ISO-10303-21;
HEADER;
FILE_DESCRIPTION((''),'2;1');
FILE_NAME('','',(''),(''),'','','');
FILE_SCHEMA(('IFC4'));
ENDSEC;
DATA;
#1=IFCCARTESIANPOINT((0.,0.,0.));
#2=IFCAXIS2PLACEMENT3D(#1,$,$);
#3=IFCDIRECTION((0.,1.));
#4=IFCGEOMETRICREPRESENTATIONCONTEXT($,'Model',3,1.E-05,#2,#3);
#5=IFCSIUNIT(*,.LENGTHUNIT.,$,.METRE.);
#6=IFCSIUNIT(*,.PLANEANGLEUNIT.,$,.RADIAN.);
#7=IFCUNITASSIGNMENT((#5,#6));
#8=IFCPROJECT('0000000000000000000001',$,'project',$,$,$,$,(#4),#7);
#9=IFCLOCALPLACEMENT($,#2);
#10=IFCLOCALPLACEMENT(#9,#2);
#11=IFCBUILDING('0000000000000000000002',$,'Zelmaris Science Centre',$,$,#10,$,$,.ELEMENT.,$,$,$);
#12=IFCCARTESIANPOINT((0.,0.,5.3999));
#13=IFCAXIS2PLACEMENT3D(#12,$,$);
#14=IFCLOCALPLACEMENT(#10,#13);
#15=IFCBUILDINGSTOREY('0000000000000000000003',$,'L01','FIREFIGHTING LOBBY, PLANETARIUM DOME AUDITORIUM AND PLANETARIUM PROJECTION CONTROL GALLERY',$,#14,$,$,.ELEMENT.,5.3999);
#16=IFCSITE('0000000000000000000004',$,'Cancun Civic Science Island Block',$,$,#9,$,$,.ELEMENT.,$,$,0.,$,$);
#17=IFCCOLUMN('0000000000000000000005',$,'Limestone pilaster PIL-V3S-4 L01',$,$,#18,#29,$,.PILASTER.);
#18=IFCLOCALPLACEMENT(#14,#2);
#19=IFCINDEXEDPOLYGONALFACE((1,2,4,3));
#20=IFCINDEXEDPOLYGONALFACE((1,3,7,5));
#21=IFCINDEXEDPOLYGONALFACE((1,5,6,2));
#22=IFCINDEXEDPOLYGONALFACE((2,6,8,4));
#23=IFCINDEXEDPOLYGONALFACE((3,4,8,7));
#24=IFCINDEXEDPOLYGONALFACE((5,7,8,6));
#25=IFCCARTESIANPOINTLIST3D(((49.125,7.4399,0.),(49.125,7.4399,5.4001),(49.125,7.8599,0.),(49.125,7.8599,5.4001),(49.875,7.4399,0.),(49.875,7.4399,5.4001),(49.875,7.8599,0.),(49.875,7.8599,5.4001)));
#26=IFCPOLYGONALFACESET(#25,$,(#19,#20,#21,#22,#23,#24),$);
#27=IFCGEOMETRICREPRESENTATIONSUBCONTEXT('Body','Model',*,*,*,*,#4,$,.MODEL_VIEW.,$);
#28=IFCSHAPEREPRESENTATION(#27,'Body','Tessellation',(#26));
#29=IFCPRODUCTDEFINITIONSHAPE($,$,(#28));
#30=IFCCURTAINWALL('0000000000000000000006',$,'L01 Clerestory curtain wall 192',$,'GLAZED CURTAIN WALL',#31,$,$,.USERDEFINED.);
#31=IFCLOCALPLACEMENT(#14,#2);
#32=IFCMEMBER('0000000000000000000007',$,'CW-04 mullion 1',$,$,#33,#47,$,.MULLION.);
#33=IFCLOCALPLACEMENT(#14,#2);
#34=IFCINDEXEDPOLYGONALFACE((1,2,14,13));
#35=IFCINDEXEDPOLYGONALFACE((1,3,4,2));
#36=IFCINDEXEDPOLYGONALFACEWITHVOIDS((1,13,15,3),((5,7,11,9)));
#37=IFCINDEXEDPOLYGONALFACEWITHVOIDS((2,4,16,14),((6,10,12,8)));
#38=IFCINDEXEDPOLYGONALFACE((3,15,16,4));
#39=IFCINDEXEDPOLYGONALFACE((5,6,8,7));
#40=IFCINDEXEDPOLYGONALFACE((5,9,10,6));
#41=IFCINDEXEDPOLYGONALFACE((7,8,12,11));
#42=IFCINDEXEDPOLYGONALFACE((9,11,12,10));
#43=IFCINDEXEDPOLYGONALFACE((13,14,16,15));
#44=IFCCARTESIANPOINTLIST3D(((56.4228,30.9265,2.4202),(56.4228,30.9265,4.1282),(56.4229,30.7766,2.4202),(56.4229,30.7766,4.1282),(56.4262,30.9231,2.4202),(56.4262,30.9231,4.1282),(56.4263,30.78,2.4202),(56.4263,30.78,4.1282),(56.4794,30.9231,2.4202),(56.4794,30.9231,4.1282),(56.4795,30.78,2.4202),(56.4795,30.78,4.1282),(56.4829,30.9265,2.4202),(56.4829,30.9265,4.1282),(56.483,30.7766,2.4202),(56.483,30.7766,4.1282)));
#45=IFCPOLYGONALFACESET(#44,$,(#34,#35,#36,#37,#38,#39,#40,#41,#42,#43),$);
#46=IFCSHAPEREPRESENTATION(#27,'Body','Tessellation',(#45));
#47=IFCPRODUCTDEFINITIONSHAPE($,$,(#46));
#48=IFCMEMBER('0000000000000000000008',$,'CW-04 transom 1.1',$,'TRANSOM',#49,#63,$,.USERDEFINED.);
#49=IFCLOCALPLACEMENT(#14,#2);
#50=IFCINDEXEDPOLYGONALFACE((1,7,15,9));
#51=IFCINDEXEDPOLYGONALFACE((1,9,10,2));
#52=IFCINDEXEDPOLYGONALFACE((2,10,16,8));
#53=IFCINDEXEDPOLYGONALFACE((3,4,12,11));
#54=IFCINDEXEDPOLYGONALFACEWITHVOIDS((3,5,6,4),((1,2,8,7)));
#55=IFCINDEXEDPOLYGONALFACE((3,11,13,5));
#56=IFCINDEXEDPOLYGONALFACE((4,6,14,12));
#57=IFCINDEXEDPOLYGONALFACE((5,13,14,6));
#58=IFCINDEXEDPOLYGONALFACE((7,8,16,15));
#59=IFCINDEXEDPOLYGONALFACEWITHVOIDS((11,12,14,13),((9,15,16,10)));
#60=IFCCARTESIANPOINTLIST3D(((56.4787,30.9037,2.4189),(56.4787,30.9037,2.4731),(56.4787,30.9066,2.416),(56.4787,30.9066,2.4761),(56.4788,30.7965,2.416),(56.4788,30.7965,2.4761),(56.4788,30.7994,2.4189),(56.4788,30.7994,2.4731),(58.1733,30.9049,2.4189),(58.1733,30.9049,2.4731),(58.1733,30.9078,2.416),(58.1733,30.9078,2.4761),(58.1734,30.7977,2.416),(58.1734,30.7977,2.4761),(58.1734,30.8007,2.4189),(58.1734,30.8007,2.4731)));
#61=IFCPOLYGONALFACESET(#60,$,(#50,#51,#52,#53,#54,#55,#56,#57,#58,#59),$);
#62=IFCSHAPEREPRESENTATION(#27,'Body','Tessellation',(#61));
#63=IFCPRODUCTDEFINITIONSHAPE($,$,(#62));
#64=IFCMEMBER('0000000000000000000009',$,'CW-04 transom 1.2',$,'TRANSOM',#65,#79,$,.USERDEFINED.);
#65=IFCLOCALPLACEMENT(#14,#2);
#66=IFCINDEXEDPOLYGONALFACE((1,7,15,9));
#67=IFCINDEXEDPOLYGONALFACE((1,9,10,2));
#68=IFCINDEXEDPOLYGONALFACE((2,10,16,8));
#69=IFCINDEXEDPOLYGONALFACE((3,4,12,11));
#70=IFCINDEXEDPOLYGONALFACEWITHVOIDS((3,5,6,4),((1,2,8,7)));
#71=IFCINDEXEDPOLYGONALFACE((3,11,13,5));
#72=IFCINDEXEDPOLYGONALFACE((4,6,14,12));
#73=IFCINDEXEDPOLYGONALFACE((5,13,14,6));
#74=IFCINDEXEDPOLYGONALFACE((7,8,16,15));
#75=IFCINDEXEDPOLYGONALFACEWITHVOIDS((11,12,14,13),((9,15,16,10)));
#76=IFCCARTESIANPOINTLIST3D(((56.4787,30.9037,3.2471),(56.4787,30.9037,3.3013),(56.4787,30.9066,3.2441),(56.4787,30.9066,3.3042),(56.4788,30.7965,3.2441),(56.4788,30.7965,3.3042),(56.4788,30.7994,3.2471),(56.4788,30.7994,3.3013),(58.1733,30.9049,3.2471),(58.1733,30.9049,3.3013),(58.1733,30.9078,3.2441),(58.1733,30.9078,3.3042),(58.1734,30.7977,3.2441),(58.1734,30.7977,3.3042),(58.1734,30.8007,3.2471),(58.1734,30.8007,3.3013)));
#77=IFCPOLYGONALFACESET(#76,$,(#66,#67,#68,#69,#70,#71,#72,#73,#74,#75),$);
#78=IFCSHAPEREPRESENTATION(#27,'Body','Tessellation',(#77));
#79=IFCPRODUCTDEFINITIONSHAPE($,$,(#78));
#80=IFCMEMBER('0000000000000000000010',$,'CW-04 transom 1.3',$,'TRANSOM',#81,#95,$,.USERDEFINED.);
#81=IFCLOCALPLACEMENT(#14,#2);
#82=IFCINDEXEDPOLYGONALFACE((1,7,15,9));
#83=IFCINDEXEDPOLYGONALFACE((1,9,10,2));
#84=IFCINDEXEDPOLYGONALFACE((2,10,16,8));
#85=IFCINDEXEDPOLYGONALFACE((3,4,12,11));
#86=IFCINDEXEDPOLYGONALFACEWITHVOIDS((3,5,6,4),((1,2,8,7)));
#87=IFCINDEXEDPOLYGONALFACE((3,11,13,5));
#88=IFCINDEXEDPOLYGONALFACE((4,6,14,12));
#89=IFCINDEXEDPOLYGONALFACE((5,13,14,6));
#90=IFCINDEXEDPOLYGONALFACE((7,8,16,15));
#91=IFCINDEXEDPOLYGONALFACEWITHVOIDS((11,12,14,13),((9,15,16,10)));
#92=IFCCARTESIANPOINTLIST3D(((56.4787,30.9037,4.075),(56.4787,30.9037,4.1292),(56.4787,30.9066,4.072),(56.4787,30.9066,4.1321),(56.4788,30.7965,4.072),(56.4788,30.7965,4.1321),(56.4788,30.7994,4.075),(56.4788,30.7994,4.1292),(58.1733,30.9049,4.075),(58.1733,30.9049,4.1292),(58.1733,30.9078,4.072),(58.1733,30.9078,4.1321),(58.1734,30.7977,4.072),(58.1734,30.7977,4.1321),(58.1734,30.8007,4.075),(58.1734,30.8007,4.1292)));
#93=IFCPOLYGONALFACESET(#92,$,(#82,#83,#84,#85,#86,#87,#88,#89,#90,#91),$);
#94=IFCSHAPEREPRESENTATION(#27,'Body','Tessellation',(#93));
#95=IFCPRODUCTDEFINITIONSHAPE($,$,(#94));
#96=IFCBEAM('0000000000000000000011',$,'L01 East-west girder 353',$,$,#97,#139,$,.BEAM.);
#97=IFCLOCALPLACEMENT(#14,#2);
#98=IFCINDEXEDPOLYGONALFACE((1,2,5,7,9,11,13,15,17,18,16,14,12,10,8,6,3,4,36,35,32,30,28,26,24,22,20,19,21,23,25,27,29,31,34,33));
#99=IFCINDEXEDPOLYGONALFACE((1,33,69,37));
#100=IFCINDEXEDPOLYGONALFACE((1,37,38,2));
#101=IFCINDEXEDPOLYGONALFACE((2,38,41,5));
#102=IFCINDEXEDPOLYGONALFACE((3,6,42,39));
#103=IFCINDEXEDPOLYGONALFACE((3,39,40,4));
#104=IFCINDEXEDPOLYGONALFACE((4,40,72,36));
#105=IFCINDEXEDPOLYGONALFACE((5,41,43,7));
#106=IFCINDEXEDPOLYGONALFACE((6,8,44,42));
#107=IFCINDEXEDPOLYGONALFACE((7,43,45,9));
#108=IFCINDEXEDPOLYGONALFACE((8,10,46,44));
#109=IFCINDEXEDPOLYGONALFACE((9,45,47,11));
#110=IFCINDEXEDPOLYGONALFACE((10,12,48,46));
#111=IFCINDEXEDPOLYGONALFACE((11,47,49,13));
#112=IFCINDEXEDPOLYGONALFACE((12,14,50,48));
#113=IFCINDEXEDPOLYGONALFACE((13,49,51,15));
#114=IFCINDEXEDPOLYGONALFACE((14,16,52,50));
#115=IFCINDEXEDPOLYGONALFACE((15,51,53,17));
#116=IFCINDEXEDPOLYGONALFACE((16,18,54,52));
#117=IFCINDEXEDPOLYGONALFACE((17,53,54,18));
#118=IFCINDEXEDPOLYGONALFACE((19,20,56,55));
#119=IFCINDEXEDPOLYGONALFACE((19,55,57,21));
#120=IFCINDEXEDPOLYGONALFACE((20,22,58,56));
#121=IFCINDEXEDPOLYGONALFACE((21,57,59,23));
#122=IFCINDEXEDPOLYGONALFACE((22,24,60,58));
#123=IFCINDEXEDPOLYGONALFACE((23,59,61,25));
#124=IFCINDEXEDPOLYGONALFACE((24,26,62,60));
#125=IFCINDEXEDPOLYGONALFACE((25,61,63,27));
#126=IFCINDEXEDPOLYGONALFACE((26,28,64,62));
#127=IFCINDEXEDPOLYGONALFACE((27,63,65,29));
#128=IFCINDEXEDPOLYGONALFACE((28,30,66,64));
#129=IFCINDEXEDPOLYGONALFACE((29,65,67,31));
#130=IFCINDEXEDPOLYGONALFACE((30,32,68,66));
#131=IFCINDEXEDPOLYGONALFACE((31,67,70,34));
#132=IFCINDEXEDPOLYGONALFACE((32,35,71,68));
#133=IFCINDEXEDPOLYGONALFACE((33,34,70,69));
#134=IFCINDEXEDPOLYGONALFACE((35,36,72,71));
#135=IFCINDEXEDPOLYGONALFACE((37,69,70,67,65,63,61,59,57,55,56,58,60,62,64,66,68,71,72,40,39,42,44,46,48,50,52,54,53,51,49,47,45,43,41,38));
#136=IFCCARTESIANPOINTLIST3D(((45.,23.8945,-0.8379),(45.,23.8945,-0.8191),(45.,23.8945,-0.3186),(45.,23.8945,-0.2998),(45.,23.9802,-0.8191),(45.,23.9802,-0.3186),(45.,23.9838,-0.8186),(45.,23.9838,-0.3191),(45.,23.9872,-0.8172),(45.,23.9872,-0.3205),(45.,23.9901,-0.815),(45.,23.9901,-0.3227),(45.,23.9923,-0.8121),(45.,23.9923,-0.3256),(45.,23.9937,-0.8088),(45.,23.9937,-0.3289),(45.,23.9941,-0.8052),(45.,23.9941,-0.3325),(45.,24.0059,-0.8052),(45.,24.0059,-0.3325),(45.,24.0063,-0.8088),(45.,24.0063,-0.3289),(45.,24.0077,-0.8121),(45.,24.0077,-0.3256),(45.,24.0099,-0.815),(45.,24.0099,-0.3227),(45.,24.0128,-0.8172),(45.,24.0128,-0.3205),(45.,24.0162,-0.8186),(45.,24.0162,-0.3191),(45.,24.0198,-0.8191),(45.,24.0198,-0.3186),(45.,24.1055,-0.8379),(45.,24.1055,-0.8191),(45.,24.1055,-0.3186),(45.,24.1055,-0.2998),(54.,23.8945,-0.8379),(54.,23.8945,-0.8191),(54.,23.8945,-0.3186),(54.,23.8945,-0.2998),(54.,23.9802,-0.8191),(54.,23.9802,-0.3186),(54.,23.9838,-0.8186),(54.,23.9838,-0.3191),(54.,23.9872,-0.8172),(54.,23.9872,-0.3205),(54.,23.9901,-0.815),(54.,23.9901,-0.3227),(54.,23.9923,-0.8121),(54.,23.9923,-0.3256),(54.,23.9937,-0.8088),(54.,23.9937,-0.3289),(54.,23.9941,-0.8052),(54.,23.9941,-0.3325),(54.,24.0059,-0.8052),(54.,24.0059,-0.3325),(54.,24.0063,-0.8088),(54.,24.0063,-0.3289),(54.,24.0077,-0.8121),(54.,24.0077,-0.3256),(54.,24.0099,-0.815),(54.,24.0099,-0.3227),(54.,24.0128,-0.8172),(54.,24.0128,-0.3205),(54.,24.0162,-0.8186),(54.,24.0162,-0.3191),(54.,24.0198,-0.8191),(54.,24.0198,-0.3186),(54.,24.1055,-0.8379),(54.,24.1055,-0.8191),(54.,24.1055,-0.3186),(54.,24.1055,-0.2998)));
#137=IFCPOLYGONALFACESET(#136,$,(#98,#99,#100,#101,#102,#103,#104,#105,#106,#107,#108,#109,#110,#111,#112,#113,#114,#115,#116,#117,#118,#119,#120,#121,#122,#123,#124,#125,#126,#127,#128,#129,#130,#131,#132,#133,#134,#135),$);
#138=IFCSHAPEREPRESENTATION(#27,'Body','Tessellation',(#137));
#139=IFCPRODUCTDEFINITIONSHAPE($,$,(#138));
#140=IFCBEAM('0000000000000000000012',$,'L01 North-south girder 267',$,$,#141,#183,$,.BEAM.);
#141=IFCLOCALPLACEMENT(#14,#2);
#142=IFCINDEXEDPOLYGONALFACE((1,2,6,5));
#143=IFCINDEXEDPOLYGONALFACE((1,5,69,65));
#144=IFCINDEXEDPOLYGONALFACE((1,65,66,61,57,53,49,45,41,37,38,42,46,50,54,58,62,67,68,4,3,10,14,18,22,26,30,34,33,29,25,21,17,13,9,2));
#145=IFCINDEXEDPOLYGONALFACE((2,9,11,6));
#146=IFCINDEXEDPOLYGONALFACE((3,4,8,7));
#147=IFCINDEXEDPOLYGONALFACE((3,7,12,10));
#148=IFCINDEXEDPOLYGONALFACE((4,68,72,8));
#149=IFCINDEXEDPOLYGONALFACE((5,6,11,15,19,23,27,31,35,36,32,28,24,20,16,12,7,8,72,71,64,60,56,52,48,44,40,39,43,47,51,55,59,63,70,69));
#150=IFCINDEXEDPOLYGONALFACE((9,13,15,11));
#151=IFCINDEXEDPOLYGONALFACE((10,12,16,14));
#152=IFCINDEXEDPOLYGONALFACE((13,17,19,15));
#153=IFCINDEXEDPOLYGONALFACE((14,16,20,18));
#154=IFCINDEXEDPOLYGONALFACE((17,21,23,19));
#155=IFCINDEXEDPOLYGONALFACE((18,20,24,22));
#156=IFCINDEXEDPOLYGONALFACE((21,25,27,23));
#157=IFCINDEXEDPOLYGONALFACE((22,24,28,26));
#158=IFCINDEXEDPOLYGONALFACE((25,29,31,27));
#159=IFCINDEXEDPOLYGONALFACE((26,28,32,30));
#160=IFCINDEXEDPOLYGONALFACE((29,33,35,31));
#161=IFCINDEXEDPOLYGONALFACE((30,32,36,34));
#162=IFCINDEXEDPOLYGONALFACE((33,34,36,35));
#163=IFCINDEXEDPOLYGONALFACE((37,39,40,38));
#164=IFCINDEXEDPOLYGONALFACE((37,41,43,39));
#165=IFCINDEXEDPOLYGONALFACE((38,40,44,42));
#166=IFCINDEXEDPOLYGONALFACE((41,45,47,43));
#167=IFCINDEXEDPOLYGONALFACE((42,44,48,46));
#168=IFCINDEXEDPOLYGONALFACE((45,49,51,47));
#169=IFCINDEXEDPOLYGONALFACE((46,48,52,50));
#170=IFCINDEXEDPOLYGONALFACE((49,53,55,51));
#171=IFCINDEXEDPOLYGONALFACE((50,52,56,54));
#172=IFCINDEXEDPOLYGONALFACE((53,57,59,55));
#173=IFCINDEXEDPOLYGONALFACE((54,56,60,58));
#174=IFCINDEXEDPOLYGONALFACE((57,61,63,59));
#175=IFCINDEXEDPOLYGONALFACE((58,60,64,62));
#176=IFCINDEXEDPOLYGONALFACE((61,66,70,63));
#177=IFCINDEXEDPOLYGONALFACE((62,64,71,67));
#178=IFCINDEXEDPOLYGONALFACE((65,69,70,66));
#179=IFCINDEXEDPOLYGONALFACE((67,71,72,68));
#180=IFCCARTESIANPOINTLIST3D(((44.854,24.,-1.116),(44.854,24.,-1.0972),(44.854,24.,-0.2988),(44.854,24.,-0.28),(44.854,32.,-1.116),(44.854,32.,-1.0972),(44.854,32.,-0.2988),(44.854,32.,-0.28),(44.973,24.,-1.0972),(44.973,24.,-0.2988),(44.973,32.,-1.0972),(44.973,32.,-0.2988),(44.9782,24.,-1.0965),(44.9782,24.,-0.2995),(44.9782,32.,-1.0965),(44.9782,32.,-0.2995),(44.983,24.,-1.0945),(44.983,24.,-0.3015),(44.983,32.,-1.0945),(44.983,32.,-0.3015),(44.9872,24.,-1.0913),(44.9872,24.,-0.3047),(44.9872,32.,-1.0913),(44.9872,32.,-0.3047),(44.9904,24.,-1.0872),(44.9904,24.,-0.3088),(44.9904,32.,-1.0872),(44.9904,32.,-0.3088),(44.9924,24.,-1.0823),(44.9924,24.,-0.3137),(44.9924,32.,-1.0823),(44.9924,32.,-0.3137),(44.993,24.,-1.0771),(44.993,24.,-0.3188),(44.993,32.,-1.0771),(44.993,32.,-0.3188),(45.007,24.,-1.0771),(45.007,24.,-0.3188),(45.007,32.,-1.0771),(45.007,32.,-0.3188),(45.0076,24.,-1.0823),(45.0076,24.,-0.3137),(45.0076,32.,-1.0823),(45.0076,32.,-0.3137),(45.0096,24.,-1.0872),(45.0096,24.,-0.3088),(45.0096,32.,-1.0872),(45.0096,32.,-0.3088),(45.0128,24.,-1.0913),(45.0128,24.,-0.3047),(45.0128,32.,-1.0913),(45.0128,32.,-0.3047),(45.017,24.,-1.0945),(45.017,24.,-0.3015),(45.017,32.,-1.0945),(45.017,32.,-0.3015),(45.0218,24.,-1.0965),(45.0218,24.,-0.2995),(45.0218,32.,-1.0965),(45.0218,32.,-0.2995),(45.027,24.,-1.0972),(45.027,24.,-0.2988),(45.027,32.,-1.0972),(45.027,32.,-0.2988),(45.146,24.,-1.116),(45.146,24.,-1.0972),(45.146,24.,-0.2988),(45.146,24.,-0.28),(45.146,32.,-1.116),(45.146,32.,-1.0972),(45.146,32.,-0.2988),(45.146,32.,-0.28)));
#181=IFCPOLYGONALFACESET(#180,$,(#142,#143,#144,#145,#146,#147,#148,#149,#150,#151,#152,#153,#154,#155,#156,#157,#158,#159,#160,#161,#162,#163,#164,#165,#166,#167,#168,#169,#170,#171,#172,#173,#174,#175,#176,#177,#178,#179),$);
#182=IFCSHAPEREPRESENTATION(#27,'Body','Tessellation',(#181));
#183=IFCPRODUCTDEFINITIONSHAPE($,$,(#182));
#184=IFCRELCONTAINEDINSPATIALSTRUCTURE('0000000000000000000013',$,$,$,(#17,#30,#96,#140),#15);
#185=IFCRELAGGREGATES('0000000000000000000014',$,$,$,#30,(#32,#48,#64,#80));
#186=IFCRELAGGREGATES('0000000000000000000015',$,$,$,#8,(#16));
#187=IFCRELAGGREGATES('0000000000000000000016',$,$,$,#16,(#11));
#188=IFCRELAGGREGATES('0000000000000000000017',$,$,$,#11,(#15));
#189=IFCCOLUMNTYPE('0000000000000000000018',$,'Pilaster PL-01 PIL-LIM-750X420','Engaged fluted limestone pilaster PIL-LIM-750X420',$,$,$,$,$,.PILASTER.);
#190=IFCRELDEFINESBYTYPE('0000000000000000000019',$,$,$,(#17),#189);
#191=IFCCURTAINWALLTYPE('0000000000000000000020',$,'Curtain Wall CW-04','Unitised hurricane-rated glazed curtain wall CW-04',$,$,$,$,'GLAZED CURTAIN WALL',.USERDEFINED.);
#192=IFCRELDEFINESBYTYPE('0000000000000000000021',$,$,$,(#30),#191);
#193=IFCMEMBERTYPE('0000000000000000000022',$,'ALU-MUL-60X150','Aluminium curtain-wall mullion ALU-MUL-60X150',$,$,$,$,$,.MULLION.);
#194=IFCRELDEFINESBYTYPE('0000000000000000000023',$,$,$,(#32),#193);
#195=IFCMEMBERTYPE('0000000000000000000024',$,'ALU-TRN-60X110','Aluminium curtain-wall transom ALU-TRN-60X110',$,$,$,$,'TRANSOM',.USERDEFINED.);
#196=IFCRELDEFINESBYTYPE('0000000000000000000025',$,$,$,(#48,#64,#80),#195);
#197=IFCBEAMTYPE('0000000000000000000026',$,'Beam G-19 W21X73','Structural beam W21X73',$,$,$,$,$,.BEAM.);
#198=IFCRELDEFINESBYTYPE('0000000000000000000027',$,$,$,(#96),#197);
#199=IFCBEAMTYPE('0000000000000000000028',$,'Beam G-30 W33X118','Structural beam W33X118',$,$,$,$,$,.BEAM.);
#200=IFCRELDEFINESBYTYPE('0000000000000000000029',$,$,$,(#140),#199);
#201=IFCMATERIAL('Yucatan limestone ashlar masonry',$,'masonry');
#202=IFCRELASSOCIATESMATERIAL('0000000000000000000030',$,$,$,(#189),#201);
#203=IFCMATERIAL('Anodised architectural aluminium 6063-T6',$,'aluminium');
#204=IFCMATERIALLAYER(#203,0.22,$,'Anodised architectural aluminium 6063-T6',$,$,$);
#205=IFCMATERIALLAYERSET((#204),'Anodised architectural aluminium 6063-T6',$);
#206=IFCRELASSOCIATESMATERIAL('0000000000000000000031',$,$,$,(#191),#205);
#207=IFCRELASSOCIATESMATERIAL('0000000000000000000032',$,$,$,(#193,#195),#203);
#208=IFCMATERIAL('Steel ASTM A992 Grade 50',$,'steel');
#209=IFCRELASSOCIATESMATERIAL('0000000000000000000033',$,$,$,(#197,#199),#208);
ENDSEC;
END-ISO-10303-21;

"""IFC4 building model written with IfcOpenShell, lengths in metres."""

from ifc_helpers import new_model, si_unit, direction, frame, origin, origin_2d, place, context, subcontext, project, spatial, rectangle, hollow_rectangle, i_section, extrude, material, layer, layer_set, material_profile, profile_set, type_object, element, aggregate, save


model = new_model("IFC4")

# Units and contexts
model_context = context("Model", 3, precision=1e-05, world=origin(), true_north=direction((0.0, 1.0)))
body_context = subcontext(model_context, "Body", "Model", "MODEL_VIEW")
ifc_project = project(units=[si_unit("LENGTHUNIT", "METRE"), si_unit("PLANEANGLEUNIT", "RADIAN")], contexts=[model_context])

# Site, building, storey
site_placement = place(None, origin())
site = spatial("IfcSite", under=ifc_project, at=site_placement, Name="Cancun Civic Science Island Block", CompositionType="ELEMENT", RefElevation=0.0)
building_placement = place(site_placement, origin())
building = spatial("IfcBuilding", under=site, at=building_placement, Name="Zelmaris Science Centre", CompositionType="ELEMENT")
storey_placement = place(building_placement, frame((0.0, 0.0, 5.3999)))
storey = spatial("IfcBuildingStorey", under=building, at=storey_placement, Name="L01", Description="FIREFIGHTING LOBBY, PLANETARIUM DOME AUDITORIUM AND PLANETARIUM PROJECTION CONTROL GALLERY", CompositionType="ELEMENT", Elevation=5.3999)

# Column
ifc_material_1 = material(Name="Steel ASTM A992 Grade 50", Category="steel")
ifc_material_2 = material(Name="Yucatan limestone ashlar masonry", Category="masonry")
ifc_material_profile_1 = material_profile(ifc_material_2, rectangle(XDim=0.75, YDim=0.4199, at=origin_2d()), Name="PIL-LIM-750X420")
ifc_profile_set_1 = profile_set([ifc_material_profile_1], Name="Yucatan limestone ashlar masonry")
column_type_1 = type_object("IfcColumnType", Name="Pilaster PL-01 PIL-LIM-750X420", Description="Engaged fluted limestone pilaster PIL-LIM-750X420", PredefinedType="PILASTER", material=ifc_profile_set_1)
column_1_placement = place(storey_placement, frame((49.5, 7.6499, 0.0), z_axis=(0.0, 0.0, 1.0), x_axis=(1.0, 0.0, 0.0)))
element("IfcColumn", 1, at=column_1_placement, inside=storey, type_object=column_type_1, Name="Limestone pilaster PIL-V3S-4 L01", PredefinedType="PILASTER", context=body_context, shape_type="SweptSolid", body=[
    extrude(rectangle(XDim=0.75, YDim=0.4199, at=origin_2d()), origin(), (0.0, 0.0, 1.0), 5.4001),
])

# Curtain wall, members
ifc_material_3 = material(Name="Anodised architectural aluminium 6063-T6", Category="aluminium")
ifc_layer_1 = layer(ifc_material_3, 0.22, Name="Anodised architectural aluminium 6063-T6")
ifc_layer_set_1 = layer_set([ifc_layer_1], Name="Anodised architectural aluminium 6063-T6")
curtain_wall_type = type_object("IfcCurtainWallType", Name="Curtain Wall CW-04", Description="Unitised hurricane-rated glazed curtain wall CW-04", ElementType="GLAZED CURTAIN WALL", PredefinedType="USERDEFINED", material=ifc_layer_set_1)
curtain_wall_placement = place(storey_placement, origin())
curtain_wall = element("IfcCurtainWall", 2, at=curtain_wall_placement, inside=storey, type_object=curtain_wall_type, Name="L01 Clerestory curtain wall 192", ObjectType="GLAZED CURTAIN WALL", PredefinedType="USERDEFINED")
ifc_material_profile_2 = material_profile(ifc_material_3, hollow_rectangle(XDim=0.0601, YDim=0.1499, WallThickness=0.0034, at=origin_2d()), Name="ALU-MUL-60X150")
ifc_profile_set_2 = profile_set([ifc_material_profile_2], Name="Anodised architectural aluminium 6063-T6")
member_type_1 = type_object("IfcMemberType", Name="ALU-MUL-60X150", Description="Aluminium curtain-wall mullion ALU-MUL-60X150", PredefinedType="MULLION", material=ifc_profile_set_2)
member_1_placement = place(storey_placement, frame((56.4529, 30.8516, 2.4202), z_axis=(0.0, 0.0, 1.0), x_axis=(1.0, 0.000621, 0.0)))
member_1 = element("IfcMember", 3, at=member_1_placement, type_object=member_type_1, Name="CW-04 mullion 1", PredefinedType="MULLION", context=body_context, shape_type="SweptSolid", body=[
    extrude(hollow_rectangle(XDim=0.0601, YDim=0.1499, WallThickness=0.0034, at=origin_2d()), origin(), (0.0, 0.0, 1.0), 1.708),
])
ifc_material_profile_3 = material_profile(ifc_material_3, hollow_rectangle(XDim=0.0601, YDim=0.1101, WallThickness=0.0029, at=origin_2d()), Name="ALU-TRN-60X110")
ifc_profile_set_3 = profile_set([ifc_material_profile_3], Name="Anodised architectural aluminium 6063-T6")
member_type_2 = type_object("IfcMemberType", Name="ALU-TRN-60X110", Description="Aluminium curtain-wall transom ALU-TRN-60X110", ElementType="TRANSOM", PredefinedType="USERDEFINED", material=ifc_profile_set_3)
member_2_placement = place(storey_placement, frame((56.4788, 30.8516, 2.446), z_axis=(1.0, 0.00072, 0.0), x_axis=(0.0, 0.0, 1.0)))
member_2 = element("IfcMember", 4, at=member_2_placement, type_object=member_type_2, Name="CW-04 transom 1.1", ObjectType="TRANSOM", PredefinedType="USERDEFINED", context=body_context, shape_type="SweptSolid", body=[
    extrude(hollow_rectangle(XDim=0.0601, YDim=0.1101, WallThickness=0.0029, at=origin_2d()), origin(), (0.0, 0.0, 1.0), 1.6946),
])
member_3_placement = place(storey_placement, frame((56.4788, 30.8516, 3.2742), z_axis=(1.0, 0.00072, 0.0), x_axis=(0.0, 0.0, 1.0)))
member_3 = element("IfcMember", 5, at=member_3_placement, type_object=member_type_2, Name="CW-04 transom 1.2", ObjectType="TRANSOM", PredefinedType="USERDEFINED", context=body_context, shape_type="SweptSolid", body=[
    extrude(hollow_rectangle(XDim=0.0601, YDim=0.1101, WallThickness=0.0029, at=origin_2d()), origin(), (0.0, 0.0, 1.0), 1.6946),
])
member_4_placement = place(storey_placement, frame((56.4788, 30.8516, 4.1021), z_axis=(1.0, 0.00072, 0.0), x_axis=(0.0, 0.0, 1.0)))
member_4 = element("IfcMember", 6, at=member_4_placement, type_object=member_type_2, Name="CW-04 transom 1.3", ObjectType="TRANSOM", PredefinedType="USERDEFINED", context=body_context, shape_type="SweptSolid", body=[
    extrude(hollow_rectangle(XDim=0.0601, YDim=0.1101, WallThickness=0.0029, at=origin_2d()), origin(), (0.0, 0.0, 1.0), 1.6946),
])

# Beams
ifc_material_profile_4 = material_profile(ifc_material_1, i_section(OverallWidth=0.2109, OverallDepth=0.5381, WebThickness=0.0117, FlangeThickness=0.0188, FilletRadius=0.0139, at=origin_2d()), Name="W21X73")
ifc_profile_set_4 = profile_set([ifc_material_profile_4], Name="Steel ASTM A992 Grade 50")
beam_type_1 = type_object("IfcBeamType", Name="Beam G-19 W21X73", Description="Structural beam W21X73", PredefinedType="BEAM", material=ifc_profile_set_4)
beam_1_placement = place(storey_placement, frame((45.0, 24.0, -0.5688), z_axis=(1.0, 0.0, 0.0), x_axis=(0.0, 1.0, 0.0)))
element("IfcBeam", 7, at=beam_1_placement, inside=storey, type_object=beam_type_1, Name="L01 East-west girder 353", PredefinedType="BEAM", context=body_context, shape_type="SweptSolid", body=[
    extrude(i_section(OverallWidth=0.2109, OverallDepth=0.5381, WebThickness=0.0117, FlangeThickness=0.0188, FilletRadius=0.0139, at=origin_2d()), origin(), (0.0, 0.0, 1.0), 9.0),
])
ifc_material_profile_5 = material_profile(ifc_material_1, i_section(OverallWidth=0.292, OverallDepth=0.8359, WebThickness=0.0139, FlangeThickness=0.0188, FilletRadius=0.02, at=origin_2d()), Name="W33X118")
ifc_profile_set_5 = profile_set([ifc_material_profile_5], Name="Steel ASTM A992 Grade 50")
beam_type_2 = type_object("IfcBeamType", Name="Beam G-30 W33X118", Description="Structural beam W33X118", PredefinedType="BEAM", material=ifc_profile_set_5)
beam_2_placement = place(storey_placement, frame((45.0, 24.0, -0.698), z_axis=(0.0, 1.0, 0.0), x_axis=(-1.0, 0.0, 0.0)))
element("IfcBeam", 8, at=beam_2_placement, inside=storey, type_object=beam_type_2, Name="L01 North-south girder 267", PredefinedType="BEAM", context=body_context, shape_type="SweptSolid", body=[
    extrude(i_section(OverallWidth=0.292, OverallDepth=0.8359, WebThickness=0.0139, FlangeThickness=0.0188, FilletRadius=0.02, at=origin_2d()), origin(), (0.0, 0.0, 1.0), 8.0),
])

aggregate(curtain_wall, [member_1, member_2, member_3, member_4])

save(model, "model.ifc")
